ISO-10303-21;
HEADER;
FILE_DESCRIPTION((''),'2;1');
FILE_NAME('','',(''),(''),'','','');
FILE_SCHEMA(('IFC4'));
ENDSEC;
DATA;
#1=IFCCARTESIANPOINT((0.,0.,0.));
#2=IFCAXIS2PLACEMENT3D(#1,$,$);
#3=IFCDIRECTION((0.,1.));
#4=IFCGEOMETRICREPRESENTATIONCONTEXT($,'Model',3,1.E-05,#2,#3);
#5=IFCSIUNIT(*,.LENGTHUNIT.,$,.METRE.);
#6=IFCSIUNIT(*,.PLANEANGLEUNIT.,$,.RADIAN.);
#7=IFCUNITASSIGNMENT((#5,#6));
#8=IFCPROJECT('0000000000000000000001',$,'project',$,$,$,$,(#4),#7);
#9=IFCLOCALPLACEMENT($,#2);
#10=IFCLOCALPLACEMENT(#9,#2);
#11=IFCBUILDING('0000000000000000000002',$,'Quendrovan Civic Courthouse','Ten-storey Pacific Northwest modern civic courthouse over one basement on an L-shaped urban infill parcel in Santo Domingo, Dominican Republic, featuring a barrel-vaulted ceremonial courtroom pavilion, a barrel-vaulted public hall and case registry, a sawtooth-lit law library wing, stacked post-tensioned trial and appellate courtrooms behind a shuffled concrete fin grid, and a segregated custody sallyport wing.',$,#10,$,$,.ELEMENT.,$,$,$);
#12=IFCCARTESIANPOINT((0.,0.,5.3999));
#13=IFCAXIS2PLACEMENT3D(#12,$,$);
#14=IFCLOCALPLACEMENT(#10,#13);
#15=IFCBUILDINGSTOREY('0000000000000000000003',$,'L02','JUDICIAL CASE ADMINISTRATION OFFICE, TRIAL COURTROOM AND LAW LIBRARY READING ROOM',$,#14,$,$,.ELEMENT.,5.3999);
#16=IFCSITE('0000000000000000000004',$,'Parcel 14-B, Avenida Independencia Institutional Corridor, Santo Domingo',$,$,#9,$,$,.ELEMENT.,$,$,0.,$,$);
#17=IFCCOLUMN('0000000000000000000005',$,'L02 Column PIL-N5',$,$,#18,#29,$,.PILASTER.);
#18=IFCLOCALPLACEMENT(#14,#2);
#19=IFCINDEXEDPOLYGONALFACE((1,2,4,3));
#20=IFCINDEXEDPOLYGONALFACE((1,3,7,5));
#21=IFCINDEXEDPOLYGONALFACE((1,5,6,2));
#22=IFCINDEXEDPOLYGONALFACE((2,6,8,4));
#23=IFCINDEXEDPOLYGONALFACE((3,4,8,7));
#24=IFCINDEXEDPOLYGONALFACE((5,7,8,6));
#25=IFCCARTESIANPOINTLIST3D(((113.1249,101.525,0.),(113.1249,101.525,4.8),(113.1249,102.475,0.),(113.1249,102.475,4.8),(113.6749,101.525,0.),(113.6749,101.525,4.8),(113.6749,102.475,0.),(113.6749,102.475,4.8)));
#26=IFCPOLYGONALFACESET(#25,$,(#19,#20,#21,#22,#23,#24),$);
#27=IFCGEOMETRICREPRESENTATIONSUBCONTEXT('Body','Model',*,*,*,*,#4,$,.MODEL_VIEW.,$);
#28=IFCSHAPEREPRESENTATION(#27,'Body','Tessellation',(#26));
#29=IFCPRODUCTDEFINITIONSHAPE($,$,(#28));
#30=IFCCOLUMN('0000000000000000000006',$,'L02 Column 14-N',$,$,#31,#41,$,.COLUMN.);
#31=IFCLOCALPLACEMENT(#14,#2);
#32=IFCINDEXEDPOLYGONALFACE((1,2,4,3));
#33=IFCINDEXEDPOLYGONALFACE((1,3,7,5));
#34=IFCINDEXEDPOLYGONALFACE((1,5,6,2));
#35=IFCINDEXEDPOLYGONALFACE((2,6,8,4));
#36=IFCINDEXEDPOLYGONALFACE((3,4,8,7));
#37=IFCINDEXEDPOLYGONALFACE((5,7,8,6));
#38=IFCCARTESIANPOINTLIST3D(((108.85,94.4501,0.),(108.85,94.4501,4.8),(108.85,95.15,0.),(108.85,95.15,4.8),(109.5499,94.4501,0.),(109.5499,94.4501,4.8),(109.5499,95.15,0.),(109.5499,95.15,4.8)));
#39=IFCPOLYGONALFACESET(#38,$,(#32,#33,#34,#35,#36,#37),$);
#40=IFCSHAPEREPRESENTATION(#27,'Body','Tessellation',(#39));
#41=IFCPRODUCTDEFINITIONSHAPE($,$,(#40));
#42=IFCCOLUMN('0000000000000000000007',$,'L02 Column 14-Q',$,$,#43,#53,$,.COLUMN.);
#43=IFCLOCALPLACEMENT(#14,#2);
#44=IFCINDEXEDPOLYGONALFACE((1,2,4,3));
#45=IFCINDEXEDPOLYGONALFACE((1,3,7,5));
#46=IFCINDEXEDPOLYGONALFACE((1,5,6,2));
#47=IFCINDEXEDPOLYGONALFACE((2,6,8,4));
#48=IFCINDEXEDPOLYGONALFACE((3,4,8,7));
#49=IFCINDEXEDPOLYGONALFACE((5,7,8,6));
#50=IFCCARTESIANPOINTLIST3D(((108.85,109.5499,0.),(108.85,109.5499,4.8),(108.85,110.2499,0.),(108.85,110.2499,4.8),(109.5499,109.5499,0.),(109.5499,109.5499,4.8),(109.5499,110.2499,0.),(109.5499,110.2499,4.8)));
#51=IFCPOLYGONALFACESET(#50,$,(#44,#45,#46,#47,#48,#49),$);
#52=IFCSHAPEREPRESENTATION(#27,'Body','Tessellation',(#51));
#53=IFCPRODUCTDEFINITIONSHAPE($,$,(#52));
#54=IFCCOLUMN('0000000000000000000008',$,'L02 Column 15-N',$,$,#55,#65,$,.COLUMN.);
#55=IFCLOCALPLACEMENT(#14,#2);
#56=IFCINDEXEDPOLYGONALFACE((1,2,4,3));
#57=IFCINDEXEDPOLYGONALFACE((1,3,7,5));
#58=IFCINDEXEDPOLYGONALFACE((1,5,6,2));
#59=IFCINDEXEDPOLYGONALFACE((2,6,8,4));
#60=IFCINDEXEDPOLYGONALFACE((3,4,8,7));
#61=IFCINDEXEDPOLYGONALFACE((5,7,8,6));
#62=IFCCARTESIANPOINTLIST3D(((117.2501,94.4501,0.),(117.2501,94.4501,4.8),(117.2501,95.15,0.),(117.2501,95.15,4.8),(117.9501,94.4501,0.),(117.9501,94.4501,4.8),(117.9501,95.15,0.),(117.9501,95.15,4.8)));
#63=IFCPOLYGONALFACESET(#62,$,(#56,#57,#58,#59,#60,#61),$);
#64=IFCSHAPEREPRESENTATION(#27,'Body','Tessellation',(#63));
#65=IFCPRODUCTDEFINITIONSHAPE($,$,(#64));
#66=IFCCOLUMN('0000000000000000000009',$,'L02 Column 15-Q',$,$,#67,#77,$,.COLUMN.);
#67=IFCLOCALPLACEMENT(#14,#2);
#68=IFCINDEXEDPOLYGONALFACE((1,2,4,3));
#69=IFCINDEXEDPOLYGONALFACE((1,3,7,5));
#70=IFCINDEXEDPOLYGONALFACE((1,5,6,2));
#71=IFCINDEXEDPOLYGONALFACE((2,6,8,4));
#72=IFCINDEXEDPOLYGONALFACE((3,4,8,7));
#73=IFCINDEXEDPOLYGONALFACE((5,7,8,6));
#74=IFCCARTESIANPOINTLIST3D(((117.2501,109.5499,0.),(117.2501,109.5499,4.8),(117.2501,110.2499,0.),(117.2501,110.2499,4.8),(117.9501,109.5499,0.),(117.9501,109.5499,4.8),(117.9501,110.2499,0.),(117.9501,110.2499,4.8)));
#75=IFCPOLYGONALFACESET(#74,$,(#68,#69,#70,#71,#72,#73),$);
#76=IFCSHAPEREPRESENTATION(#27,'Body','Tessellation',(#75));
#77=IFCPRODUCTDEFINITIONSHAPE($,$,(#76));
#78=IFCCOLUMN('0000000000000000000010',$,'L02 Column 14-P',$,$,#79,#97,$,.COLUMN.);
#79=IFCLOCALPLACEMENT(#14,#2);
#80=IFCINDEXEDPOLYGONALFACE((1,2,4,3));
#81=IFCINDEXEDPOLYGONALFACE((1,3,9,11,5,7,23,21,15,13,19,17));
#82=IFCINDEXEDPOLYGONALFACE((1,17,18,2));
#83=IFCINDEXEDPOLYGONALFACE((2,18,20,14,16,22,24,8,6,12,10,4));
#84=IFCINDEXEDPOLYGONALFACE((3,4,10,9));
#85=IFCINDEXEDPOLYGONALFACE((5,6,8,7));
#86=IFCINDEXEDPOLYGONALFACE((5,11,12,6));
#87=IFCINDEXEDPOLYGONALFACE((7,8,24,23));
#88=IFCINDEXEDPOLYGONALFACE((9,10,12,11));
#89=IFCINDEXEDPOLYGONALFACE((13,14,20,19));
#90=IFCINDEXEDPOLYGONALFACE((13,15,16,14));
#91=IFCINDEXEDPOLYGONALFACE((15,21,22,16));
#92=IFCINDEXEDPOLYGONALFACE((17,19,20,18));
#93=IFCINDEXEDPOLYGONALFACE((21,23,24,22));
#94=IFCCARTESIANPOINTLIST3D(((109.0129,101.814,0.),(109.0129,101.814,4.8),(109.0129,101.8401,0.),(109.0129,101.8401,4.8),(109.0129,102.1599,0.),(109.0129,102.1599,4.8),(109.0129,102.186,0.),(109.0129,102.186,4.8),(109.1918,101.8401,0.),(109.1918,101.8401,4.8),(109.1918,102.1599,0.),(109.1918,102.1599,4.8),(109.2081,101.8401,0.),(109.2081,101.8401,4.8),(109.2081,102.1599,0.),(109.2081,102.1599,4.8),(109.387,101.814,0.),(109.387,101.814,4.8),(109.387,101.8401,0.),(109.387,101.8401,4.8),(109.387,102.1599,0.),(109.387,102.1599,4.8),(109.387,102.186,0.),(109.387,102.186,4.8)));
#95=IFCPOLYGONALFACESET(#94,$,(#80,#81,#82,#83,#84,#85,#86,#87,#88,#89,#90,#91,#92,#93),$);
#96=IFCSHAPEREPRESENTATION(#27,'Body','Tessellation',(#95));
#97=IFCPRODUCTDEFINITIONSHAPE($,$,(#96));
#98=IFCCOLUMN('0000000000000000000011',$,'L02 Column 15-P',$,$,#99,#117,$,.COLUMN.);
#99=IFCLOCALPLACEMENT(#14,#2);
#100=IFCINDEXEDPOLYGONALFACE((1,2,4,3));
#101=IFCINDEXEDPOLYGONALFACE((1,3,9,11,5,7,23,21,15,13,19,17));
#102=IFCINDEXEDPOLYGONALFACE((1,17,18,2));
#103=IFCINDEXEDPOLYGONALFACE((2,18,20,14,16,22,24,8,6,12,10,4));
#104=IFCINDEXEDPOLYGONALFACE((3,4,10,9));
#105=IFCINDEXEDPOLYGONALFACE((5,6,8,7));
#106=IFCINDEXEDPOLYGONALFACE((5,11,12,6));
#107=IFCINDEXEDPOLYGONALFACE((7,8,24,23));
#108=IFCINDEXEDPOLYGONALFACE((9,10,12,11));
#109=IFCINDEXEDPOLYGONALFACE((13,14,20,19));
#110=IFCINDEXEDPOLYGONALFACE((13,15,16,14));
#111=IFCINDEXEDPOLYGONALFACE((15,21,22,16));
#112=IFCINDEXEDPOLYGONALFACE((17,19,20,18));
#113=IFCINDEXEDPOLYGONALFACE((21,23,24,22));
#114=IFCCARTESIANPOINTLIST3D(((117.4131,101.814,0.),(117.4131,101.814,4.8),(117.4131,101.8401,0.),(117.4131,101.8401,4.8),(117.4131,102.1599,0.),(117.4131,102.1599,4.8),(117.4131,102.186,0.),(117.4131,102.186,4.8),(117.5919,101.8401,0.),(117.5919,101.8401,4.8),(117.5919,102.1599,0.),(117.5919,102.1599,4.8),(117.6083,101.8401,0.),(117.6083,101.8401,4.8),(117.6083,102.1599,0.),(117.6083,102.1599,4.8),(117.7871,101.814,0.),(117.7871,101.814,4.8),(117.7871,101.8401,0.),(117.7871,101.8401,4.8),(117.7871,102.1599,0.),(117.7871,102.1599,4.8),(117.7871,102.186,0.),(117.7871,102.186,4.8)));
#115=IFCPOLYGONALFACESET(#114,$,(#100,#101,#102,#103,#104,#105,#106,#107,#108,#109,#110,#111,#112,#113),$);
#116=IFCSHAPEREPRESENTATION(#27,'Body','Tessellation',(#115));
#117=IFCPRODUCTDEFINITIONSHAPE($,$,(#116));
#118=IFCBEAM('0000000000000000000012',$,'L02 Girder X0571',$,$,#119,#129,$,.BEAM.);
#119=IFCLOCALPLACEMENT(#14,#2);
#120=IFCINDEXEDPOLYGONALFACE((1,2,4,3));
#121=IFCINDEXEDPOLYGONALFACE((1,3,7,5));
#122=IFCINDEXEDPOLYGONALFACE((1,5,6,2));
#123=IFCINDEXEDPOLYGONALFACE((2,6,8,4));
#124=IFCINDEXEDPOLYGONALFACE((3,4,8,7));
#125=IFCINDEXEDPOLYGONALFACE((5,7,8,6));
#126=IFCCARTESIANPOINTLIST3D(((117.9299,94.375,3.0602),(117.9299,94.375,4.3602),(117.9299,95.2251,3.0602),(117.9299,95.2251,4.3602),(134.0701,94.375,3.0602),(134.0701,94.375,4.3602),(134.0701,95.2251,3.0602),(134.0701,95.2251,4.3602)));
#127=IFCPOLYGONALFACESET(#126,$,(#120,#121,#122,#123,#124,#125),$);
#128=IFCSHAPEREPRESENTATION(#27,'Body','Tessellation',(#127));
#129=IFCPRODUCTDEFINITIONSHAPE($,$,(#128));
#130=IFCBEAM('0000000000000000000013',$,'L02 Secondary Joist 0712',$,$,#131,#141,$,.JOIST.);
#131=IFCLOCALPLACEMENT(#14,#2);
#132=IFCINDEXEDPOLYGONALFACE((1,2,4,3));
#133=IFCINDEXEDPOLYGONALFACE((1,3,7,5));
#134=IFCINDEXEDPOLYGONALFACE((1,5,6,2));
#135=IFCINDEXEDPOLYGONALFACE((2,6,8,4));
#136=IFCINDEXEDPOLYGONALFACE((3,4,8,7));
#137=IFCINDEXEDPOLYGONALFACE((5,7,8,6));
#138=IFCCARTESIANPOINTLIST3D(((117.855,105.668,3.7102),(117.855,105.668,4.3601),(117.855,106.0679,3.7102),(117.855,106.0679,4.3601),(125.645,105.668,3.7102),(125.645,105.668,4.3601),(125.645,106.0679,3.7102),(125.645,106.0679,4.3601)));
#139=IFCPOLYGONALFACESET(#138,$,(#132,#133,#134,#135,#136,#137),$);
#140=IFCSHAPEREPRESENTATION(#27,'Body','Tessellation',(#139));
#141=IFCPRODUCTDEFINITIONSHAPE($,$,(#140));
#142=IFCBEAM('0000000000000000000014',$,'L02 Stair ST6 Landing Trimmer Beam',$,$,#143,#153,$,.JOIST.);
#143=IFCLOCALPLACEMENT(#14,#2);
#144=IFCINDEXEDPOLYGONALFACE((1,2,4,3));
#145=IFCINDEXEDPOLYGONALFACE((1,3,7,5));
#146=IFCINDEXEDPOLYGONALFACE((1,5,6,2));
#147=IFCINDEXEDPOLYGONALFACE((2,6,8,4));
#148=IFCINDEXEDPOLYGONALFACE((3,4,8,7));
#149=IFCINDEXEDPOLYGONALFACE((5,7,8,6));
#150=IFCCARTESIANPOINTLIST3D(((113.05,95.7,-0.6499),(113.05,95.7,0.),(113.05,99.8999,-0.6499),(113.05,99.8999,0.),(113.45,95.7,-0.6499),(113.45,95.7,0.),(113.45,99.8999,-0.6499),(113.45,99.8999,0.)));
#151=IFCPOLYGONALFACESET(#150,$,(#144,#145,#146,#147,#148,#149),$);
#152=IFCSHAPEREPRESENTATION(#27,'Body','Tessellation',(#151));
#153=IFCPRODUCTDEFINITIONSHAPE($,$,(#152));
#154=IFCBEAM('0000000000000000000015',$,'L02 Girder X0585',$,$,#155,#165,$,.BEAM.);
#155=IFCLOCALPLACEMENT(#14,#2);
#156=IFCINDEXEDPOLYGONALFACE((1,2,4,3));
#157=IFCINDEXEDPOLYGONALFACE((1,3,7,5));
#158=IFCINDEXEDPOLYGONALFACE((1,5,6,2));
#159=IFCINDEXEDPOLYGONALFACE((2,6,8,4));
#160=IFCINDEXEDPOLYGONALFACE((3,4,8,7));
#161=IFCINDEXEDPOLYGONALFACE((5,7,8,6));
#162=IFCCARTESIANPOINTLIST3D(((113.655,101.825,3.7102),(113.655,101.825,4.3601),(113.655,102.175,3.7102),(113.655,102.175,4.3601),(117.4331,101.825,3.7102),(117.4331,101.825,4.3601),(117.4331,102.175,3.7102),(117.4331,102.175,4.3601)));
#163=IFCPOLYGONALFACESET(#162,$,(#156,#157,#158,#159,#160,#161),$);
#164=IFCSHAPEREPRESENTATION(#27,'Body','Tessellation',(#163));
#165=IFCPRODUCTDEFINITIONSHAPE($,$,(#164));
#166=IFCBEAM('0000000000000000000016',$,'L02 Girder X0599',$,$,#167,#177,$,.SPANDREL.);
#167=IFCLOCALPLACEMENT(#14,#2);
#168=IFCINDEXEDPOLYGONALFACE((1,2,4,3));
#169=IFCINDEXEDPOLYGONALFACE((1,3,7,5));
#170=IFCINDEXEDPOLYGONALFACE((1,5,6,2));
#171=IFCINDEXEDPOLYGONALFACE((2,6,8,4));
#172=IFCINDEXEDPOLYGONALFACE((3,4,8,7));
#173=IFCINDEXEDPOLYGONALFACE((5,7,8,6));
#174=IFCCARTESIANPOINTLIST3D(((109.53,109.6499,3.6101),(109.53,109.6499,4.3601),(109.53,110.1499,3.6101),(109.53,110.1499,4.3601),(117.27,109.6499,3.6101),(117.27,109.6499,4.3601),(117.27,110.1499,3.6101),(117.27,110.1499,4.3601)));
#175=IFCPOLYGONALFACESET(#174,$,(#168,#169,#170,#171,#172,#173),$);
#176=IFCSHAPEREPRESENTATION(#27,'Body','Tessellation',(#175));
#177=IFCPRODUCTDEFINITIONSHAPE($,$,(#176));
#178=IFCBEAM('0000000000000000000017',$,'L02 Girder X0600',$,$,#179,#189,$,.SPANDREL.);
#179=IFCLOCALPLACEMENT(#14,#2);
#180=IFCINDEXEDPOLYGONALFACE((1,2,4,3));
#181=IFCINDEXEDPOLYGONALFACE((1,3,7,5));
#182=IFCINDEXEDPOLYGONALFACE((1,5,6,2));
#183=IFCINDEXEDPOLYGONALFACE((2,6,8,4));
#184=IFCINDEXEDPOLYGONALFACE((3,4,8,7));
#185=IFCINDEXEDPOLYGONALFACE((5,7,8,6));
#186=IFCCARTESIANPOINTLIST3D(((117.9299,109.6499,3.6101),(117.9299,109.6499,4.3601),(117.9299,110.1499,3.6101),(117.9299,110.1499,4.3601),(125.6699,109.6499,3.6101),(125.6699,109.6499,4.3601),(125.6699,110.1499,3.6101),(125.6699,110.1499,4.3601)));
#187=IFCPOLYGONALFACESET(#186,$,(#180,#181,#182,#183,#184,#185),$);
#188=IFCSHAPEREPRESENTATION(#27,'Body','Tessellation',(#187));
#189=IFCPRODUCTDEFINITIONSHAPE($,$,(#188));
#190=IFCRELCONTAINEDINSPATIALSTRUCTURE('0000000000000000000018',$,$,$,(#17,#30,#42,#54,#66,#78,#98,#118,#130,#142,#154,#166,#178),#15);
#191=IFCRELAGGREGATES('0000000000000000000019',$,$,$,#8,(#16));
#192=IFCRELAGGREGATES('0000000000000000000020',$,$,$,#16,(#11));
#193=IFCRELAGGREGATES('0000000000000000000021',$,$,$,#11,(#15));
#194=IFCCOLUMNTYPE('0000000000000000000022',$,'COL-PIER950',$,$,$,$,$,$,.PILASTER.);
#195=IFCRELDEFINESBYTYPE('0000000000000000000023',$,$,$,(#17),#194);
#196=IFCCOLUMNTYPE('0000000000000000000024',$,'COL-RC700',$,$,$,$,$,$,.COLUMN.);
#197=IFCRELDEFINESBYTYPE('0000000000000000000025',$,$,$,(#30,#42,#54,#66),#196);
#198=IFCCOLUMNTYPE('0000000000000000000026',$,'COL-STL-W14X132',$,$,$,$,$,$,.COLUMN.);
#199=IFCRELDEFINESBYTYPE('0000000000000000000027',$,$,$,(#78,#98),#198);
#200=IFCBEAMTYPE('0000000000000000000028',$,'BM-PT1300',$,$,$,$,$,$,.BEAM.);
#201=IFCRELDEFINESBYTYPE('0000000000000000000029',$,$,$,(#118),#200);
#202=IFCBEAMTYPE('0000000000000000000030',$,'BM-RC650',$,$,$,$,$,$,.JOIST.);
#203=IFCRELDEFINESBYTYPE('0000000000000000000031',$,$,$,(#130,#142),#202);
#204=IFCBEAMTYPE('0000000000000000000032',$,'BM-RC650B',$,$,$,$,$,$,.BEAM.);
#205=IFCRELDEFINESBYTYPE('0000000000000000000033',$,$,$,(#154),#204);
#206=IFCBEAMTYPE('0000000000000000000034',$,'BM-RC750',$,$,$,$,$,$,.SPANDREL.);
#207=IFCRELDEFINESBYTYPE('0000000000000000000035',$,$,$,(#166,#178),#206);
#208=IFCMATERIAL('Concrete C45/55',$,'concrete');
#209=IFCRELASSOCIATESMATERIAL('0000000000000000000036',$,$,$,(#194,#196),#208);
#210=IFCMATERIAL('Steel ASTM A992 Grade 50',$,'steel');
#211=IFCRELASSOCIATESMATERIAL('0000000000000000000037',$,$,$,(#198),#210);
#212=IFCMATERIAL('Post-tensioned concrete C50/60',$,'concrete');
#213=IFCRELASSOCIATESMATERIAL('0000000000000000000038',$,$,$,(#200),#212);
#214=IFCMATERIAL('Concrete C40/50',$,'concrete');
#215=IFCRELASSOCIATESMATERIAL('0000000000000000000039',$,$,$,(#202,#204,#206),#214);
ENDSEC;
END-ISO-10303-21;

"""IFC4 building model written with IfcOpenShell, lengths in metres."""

from ifc_helpers import new_model, si_unit, direction, frame, origin, origin_2d, place, context, subcontext, project, spatial, rectangle, i_section, extrude, material, material_profile, profile_set, type_object, element, save


model = new_model("IFC4")

# Units and contexts
model_context = context("Model", 3, precision=1e-05, world=origin(), true_north=direction((0.0, 1.0)))
body_context = subcontext(model_context, "Body", "Model", "MODEL_VIEW")
ifc_project = project(units=[si_unit("LENGTHUNIT", "METRE"), si_unit("PLANEANGLEUNIT", "RADIAN")], contexts=[model_context])

# Site, building, storey
site_placement = place(None, origin())
site = spatial("IfcSite", under=ifc_project, at=site_placement, Name="Parcel 14-B, Avenida Independencia Institutional Corridor, Santo Domingo", CompositionType="ELEMENT", RefElevation=0.0)
building_placement = place(site_placement, origin())
building = spatial("IfcBuilding", under=site, at=building_placement, Name="Quendrovan Civic Courthouse", Description="Ten-storey Pacific Northwest modern civic courthouse over one basement on an L-shaped urban infill parcel in Santo Domingo, Dominican Republic, featuring a barrel-vaulted ceremonial courtroom pavilion, a barrel-vaulted public hall and case registry, a sawtooth-lit law library wing, stacked post-tensioned trial and appellate courtrooms behind a shuffled concrete fin grid, and a segregated custody sallyport wing.", CompositionType="ELEMENT")
storey_placement = place(building_placement, frame((0.0, 0.0, 5.3999)))
storey = spatial("IfcBuildingStorey", under=building, at=storey_placement, Name="L02", Description="JUDICIAL CASE ADMINISTRATION OFFICE, TRIAL COURTROOM AND LAW LIBRARY READING ROOM", CompositionType="ELEMENT", Elevation=5.3999)

# Columns
ifc_material_1 = material(Name="Concrete C45/55", Category="concrete")
ifc_material_profile_1 = material_profile(ifc_material_1, rectangle(XDim=0.55, YDim=0.95, at=origin_2d()), Name="RC-PIER-550x950")
ifc_profile_set_1 = profile_set([ifc_material_profile_1], Name="Concrete C45/55")
column_type_1 = type_object("IfcColumnType", Name="COL-PIER950", PredefinedType="PILASTER", material=ifc_profile_set_1)
column_placement = place(storey_placement, frame((113.3999, 102.0, 0.0), z_axis=(0.0, 0.0, 1.0), x_axis=(1.0, 0.0, 0.0)))
element("IfcColumn", 1, at=column_placement, inside=storey, type_object=column_type_1, Name="L02 Column PIL-N5", PredefinedType="PILASTER", context=body_context, shape_type="SweptSolid", body=[
    extrude(rectangle(XDim=0.55, YDim=0.95, at=origin_2d()), origin(), (0.0, 0.0, 1.0), 4.8),
])
ifc_material_profile_2 = material_profile(ifc_material_1, rectangle(XDim=0.7, YDim=0.7, at=origin_2d()), Name="RC-COL-700x700")
ifc_profile_set_2 = profile_set([ifc_material_profile_2], Name="Concrete C45/55")
column_type_2 = type_object("IfcColumnType", Name="COL-RC700", PredefinedType="COLUMN", material=ifc_profile_set_2)
for number, where, z_axis, x_axis, name in (
    (2, (109.2, 94.8, 0.0), (0.0, 0.0, 1.0), (1.0, 0.0, 0.0), "L02 Column 14-N"),
    (3, (109.2, 109.8999, 0.0), (0.0, 0.0, 1.0), (1.0, 0.0, 0.0), "L02 Column 14-Q"),
    (4, (117.6001, 94.8, 0.0), (0.0, 0.0, 1.0), (1.0, 0.0, 0.0), "L02 Column 15-N"),
    (5, (117.6001, 109.8999, 0.0), (0.0, 0.0, 1.0), (1.0, 0.0, 0.0), "L02 Column 15-Q"),
):
    element("IfcColumn", number, at=place(storey_placement, frame(where, z_axis=z_axis, x_axis=x_axis)), inside=storey, type_object=column_type_2, Name=name, PredefinedType="COLUMN", context=body_context, shape_type="SweptSolid", body=[
        extrude(rectangle(XDim=0.7, YDim=0.7, at=origin_2d()), origin(), (0.0, 0.0, 1.0), 4.8),
    ])
ifc_material_2 = material(Name="Steel ASTM A992 Grade 50", Category="steel")
ifc_material_profile_3 = material_profile(ifc_material_2, i_section(OverallWidth=0.374, OverallDepth=0.3721, WebThickness=0.0164, FlangeThickness=0.0261, at=origin_2d()), Name="W14X132")
ifc_profile_set_3 = profile_set([ifc_material_profile_3], Name="Steel ASTM A992 Grade 50")
column_type_3 = type_object("IfcColumnType", Name="COL-STL-W14X132", PredefinedType="COLUMN", material=ifc_profile_set_3)
for number, where, z_axis, x_axis, name in (
    (6, (109.2, 102.0, 0.0), (0.0, 0.0, 1.0), (1.0, 0.0, 0.0), "L02 Column 14-P"),
    (7, (117.6001, 102.0, 0.0), (0.0, 0.0, 1.0), (1.0, 0.0, 0.0), "L02 Column 15-P"),
):
    element("IfcColumn", number, at=place(storey_placement, frame(where, z_axis=z_axis, x_axis=x_axis)), inside=storey, type_object=column_type_3, Name=name, PredefinedType="COLUMN", context=body_context, shape_type="SweptSolid", body=[
        extrude(i_section(OverallWidth=0.374, OverallDepth=0.3721, WebThickness=0.0164, FlangeThickness=0.0261, at=origin_2d()), origin(), (0.0, 0.0, 1.0), 4.8),
    ])

# Beams
ifc_material_3 = material(Name="Post-tensioned concrete C50/60", Category="concrete")
ifc_material_profile_4 = material_profile(ifc_material_3, rectangle(XDim=0.8501, YDim=1.3, at=origin_2d()), Name="PT-GRD-850x1300")
ifc_profile_set_4 = profile_set([ifc_material_profile_4], Name="Post-tensioned concrete C50/60")
beam_type_1 = type_object("IfcBeamType", Name="BM-PT1300", PredefinedType="BEAM", material=ifc_profile_set_4)
beam_1_placement = place(storey_placement, frame((117.9299, 94.8, 3.7102), z_axis=(1.0, 0.0, 0.0), x_axis=(0.0, 1.0, 0.0)))
element("IfcBeam", 8, at=beam_1_placement, inside=storey, type_object=beam_type_1, Name="L02 Girder X0571", PredefinedType="BEAM", context=body_context, shape_type="SweptSolid", body=[
    extrude(rectangle(XDim=0.8501, YDim=1.3, at=origin_2d()), origin(), (0.0, 0.0, 1.0), 16.1401),
])
ifc_material_4 = material(Name="Concrete C40/50", Category="concrete")
ifc_material_profile_5 = material_profile(ifc_material_4, rectangle(XDim=0.3999, YDim=0.6499, at=origin_2d()), Name="RC-BM-400x650")
ifc_profile_set_5 = profile_set([ifc_material_profile_5], Name="Concrete C40/50")
beam_type_2 = type_object("IfcBeamType", Name="BM-RC650", PredefinedType="JOIST", material=ifc_profile_set_5)
beam_2_placement = place(storey_placement, frame((117.855, 105.8679, 4.0352), z_axis=(1.0, 0.0, 0.0), x_axis=(0.0, 1.0, 0.0)))
element("IfcBeam", 9, at=beam_2_placement, inside=storey, type_object=beam_type_2, Name="L02 Secondary Joist 0712", PredefinedType="JOIST", context=body_context, shape_type="SweptSolid", body=[
    extrude(rectangle(XDim=0.3999, YDim=0.6499, at=origin_2d()), origin(), (0.0, 0.0, 1.0), 7.79),
])
beam_3_placement = place(storey_placement, frame((113.25, 95.7, -0.325), z_axis=(0.0, 1.0, 0.0), x_axis=(-1.0, 0.0, 0.0)))
element("IfcBeam", 10, at=beam_3_placement, inside=storey, type_object=beam_type_2, Name="L02 Stair ST6 Landing Trimmer Beam", PredefinedType="JOIST", context=body_context, shape_type="SweptSolid", body=[
    extrude(rectangle(XDim=0.3999, YDim=0.6499, at=origin_2d()), origin(), (0.0, 0.0, 1.0), 4.2),
])
ifc_material_profile_6 = material_profile(ifc_material_4, rectangle(XDim=0.3501, YDim=0.6499, at=origin_2d()), Name="RC-BM-350x650")
ifc_profile_set_6 = profile_set([ifc_material_profile_6], Name="Concrete C40/50")
beam_type_3 = type_object("IfcBeamType", Name="BM-RC650B", PredefinedType="BEAM", material=ifc_profile_set_6)
beam_4_placement = place(storey_placement, frame((113.655, 102.0, 4.0352), z_axis=(1.0, 0.0, 0.0), x_axis=(0.0, 1.0, 0.0)))
element("IfcBeam", 11, at=beam_4_placement, inside=storey, type_object=beam_type_3, Name="L02 Girder X0585", PredefinedType="BEAM", context=body_context, shape_type="SweptSolid", body=[
    extrude(rectangle(XDim=0.3501, YDim=0.6499, at=origin_2d()), origin(), (0.0, 0.0, 1.0), 3.7781),
])
ifc_material_profile_7 = material_profile(ifc_material_4, rectangle(XDim=0.5, YDim=0.75, at=origin_2d()), Name="RC-BM-500x750")
ifc_profile_set_7 = profile_set([ifc_material_profile_7], Name="Concrete C40/50")
beam_type_4 = type_object("IfcBeamType", Name="BM-RC750", PredefinedType="SPANDREL", material=ifc_profile_set_7)
for number, where, z_axis, x_axis, name in (
    (12, (109.53, 109.8999, 3.9851), (1.0, 0.0, 0.0), (0.0, 1.0, 0.0), "L02 Girder X0599"),
    (13, (117.9299, 109.8999, 3.9851), (1.0, 0.0, 0.0), (0.0, 1.0, 0.0), "L02 Girder X0600"),
):
    element("IfcBeam", number, at=place(storey_placement, frame(where, z_axis=z_axis, x_axis=x_axis)), inside=storey, type_object=beam_type_4, Name=name, PredefinedType="SPANDREL", context=body_context, shape_type="SweptSolid", body=[
        extrude(rectangle(XDim=0.5, YDim=0.75, at=origin_2d()), origin(), (0.0, 0.0, 1.0), 7.74),
    ])

save(model, "model.ifc")
